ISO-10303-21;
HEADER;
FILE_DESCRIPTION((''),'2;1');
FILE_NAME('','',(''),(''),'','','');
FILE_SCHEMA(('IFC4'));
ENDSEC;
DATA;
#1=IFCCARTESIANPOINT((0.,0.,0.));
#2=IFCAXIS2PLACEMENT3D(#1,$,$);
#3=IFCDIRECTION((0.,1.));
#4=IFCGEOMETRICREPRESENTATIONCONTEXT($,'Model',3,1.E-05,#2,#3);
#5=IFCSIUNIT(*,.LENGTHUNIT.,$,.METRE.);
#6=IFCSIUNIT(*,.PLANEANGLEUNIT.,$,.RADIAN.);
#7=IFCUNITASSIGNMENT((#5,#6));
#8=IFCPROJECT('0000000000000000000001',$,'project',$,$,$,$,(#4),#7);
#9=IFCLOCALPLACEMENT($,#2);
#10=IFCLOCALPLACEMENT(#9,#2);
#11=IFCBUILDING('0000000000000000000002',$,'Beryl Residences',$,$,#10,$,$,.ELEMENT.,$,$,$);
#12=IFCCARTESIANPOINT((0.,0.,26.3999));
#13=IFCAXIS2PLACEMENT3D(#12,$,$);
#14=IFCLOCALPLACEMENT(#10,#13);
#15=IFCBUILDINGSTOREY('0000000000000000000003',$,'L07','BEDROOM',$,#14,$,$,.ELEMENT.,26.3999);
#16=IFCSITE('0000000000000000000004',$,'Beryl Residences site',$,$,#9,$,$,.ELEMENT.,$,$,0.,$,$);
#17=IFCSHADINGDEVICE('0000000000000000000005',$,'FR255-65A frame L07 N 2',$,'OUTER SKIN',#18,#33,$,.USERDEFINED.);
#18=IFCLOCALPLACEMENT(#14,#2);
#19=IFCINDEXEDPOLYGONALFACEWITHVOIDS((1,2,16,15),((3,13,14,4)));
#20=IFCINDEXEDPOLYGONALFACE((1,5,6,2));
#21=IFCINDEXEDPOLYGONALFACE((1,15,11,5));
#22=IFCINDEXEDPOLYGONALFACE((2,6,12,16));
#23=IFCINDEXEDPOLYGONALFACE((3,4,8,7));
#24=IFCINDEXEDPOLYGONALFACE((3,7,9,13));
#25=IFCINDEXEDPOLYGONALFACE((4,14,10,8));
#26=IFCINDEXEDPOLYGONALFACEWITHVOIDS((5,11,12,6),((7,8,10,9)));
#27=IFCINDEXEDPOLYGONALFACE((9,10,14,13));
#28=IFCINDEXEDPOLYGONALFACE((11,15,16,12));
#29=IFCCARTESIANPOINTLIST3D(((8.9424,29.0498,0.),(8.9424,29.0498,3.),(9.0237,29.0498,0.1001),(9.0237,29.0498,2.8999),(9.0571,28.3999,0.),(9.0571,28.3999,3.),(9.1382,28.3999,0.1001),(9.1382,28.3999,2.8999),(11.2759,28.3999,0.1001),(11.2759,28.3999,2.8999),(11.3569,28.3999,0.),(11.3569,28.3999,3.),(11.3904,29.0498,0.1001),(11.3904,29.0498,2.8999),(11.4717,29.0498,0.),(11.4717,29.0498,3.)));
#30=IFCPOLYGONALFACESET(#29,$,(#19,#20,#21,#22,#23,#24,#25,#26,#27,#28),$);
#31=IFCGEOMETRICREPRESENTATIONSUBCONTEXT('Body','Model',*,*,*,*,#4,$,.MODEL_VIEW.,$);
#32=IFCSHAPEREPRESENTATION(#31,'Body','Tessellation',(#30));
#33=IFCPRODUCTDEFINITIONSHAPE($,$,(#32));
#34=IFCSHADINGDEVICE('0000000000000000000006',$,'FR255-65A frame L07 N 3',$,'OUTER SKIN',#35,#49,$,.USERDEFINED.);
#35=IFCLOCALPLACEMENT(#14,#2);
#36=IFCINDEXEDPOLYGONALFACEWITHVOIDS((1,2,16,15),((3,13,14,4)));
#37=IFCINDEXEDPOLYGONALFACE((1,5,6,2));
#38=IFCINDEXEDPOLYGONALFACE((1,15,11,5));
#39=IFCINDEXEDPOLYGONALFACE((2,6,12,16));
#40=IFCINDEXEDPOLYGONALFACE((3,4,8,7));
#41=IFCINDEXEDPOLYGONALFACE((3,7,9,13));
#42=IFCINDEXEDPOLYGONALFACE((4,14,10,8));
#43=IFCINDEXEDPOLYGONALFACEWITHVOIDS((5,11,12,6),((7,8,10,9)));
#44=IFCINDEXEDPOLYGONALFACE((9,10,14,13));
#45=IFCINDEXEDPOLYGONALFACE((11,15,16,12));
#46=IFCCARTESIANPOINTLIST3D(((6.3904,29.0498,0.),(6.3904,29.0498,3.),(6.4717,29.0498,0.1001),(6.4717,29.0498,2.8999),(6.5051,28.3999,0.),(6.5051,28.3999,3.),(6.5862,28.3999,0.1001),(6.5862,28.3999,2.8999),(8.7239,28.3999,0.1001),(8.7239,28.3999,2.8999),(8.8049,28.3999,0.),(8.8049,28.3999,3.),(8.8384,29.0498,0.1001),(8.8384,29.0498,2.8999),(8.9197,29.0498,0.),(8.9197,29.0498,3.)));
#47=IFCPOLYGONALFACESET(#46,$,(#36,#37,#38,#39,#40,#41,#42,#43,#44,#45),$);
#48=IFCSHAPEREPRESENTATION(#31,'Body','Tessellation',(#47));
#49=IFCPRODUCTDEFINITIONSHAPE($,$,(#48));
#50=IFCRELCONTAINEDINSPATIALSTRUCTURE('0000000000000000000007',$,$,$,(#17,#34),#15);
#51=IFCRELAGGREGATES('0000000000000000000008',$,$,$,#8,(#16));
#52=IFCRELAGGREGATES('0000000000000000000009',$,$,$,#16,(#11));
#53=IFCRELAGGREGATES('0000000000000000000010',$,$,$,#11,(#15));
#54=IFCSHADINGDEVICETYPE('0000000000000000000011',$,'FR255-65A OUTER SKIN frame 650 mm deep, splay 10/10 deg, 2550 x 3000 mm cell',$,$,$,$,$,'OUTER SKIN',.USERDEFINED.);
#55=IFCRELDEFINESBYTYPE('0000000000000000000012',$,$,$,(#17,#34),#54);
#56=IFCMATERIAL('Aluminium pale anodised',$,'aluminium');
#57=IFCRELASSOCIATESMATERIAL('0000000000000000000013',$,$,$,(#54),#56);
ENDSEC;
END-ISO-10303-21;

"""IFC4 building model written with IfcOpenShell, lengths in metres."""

from ifc_helpers import new_model, entity, si_unit, direction, frame, origin, place, context, subcontext, project, spatial, source, transform, mapped, material, type_object, type_shapes, element, save


model = new_model("IFC4")

# Units and contexts
model_context = context("Model", 3, precision=1e-05, world=origin(), true_north=direction((0.0, 1.0)))
body_context = subcontext(model_context, "Body", "Model", "MODEL_VIEW")
ifc_project = project(units=[si_unit("LENGTHUNIT", "METRE"), si_unit("PLANEANGLEUNIT", "RADIAN")], contexts=[model_context])

# Site, building, storey
site_placement = place(None, origin())
site = spatial("IfcSite", under=ifc_project, at=site_placement, Name="Beryl Residences site", CompositionType="ELEMENT", RefElevation=0.0)
building_placement = place(site_placement, origin())
building = spatial("IfcBuilding", under=site, at=building_placement, Name="Beryl Residences", CompositionType="ELEMENT")
storey_placement = place(building_placement, frame((0.0, 0.0, 26.3999)))
storey = spatial("IfcBuildingStorey", under=building, at=storey_placement, Name="L07", Description="BEDROOM", CompositionType="ELEMENT", Elevation=26.3999)

# Shading devices
ifc_material_1 = material(Name="Aluminium pale anodised", Category="aluminium")
shading_device_type_1 = type_object("IfcShadingDeviceType", Name="FR255-65A OUTER SKIN frame 650 mm deep, splay 10/10 deg, 2550 x 3000 mm cell", ElementType="OUTER SKIN", PredefinedType="USERDEFINED", material=ifc_material_1)
cartesian_point_1 = entity("IfcCartesianPoint", [-1.1499, 0.0])
cartesian_point_2 = entity("IfcCartesianPoint", [-1.0688, 0.1001])
cartesian_point_3 = entity("IfcCartesianPoint", [-1.2646, 0.0])
cartesian_point_4 = entity("IfcCartesianPoint", [-1.1833, 0.1001])
shared_shape_1 = source(origin(), body_context, "Body", "SweptSolid", [
    entity("IfcExtrudedAreaSolidTapered", entity("IfcArbitraryProfileDefWithVoids", "AREA", None, entity("IfcPolyline", [cartesian_point_1, entity("IfcCartesianPoint", [1.1499, 0.0]), entity("IfcCartesianPoint", [1.1499, 3.0]), entity("IfcCartesianPoint", [-1.1499, 3.0]), cartesian_point_1]), [entity("IfcPolyline", [cartesian_point_2, entity("IfcCartesianPoint", [1.0688, 0.1001]), entity("IfcCartesianPoint", [1.0688, 2.8999]), entity("IfcCartesianPoint", [-1.0688, 2.8999]), cartesian_point_2])]), entity("IfcAxis2Placement3D", entity("IfcCartesianPoint", [0.0, 0.0, 0.0]), entity("IfcDirection", [0.0, 1.0, 0.0]), entity("IfcDirection", [-1.0, 0.0, 0.0])), entity("IfcDirection", [0.0, 0.0, 1.0]), 0.6499, entity("IfcArbitraryProfileDefWithVoids", "AREA", None, entity("IfcPolyline", [cartesian_point_3, entity("IfcCartesianPoint", [1.2646, 0.0]), entity("IfcCartesianPoint", [1.2646, 3.0]), entity("IfcCartesianPoint", [-1.2646, 3.0]), cartesian_point_3]), [entity("IfcPolyline", [cartesian_point_4, entity("IfcCartesianPoint", [1.1833, 0.1001]), entity("IfcCartesianPoint", [1.1833, 2.8999]), entity("IfcCartesianPoint", [-1.1833, 2.8999]), cartesian_point_4])])),
])
type_shapes(shading_device_type_1, [shared_shape_1])
for number, where, z_axis, x_axis, name in (
    (1, (10.207, 28.3999, 0.0), (0.0, 0.0, 1.0), (1.0, 0.0, 0.0), "FR255-65A frame L07 N 2"),
    (2, (7.655, 28.3999, 0.0), (0.0, 0.0, 1.0), (1.0, 0.0, 0.0), "FR255-65A frame L07 N 3"),
):
    element("IfcShadingDevice", number, at=place(storey_placement, frame(where, z_axis=z_axis, x_axis=x_axis)), inside=storey, type_object=shading_device_type_1, Name=name, ObjectType="OUTER SKIN", PredefinedType="USERDEFINED", context=body_context, shape_type="MappedRepresentation", body=[
        mapped(shared_shape_1, transform((0.0, 0.0, 0.0))),
    ])

save(model, "model.ifc")
